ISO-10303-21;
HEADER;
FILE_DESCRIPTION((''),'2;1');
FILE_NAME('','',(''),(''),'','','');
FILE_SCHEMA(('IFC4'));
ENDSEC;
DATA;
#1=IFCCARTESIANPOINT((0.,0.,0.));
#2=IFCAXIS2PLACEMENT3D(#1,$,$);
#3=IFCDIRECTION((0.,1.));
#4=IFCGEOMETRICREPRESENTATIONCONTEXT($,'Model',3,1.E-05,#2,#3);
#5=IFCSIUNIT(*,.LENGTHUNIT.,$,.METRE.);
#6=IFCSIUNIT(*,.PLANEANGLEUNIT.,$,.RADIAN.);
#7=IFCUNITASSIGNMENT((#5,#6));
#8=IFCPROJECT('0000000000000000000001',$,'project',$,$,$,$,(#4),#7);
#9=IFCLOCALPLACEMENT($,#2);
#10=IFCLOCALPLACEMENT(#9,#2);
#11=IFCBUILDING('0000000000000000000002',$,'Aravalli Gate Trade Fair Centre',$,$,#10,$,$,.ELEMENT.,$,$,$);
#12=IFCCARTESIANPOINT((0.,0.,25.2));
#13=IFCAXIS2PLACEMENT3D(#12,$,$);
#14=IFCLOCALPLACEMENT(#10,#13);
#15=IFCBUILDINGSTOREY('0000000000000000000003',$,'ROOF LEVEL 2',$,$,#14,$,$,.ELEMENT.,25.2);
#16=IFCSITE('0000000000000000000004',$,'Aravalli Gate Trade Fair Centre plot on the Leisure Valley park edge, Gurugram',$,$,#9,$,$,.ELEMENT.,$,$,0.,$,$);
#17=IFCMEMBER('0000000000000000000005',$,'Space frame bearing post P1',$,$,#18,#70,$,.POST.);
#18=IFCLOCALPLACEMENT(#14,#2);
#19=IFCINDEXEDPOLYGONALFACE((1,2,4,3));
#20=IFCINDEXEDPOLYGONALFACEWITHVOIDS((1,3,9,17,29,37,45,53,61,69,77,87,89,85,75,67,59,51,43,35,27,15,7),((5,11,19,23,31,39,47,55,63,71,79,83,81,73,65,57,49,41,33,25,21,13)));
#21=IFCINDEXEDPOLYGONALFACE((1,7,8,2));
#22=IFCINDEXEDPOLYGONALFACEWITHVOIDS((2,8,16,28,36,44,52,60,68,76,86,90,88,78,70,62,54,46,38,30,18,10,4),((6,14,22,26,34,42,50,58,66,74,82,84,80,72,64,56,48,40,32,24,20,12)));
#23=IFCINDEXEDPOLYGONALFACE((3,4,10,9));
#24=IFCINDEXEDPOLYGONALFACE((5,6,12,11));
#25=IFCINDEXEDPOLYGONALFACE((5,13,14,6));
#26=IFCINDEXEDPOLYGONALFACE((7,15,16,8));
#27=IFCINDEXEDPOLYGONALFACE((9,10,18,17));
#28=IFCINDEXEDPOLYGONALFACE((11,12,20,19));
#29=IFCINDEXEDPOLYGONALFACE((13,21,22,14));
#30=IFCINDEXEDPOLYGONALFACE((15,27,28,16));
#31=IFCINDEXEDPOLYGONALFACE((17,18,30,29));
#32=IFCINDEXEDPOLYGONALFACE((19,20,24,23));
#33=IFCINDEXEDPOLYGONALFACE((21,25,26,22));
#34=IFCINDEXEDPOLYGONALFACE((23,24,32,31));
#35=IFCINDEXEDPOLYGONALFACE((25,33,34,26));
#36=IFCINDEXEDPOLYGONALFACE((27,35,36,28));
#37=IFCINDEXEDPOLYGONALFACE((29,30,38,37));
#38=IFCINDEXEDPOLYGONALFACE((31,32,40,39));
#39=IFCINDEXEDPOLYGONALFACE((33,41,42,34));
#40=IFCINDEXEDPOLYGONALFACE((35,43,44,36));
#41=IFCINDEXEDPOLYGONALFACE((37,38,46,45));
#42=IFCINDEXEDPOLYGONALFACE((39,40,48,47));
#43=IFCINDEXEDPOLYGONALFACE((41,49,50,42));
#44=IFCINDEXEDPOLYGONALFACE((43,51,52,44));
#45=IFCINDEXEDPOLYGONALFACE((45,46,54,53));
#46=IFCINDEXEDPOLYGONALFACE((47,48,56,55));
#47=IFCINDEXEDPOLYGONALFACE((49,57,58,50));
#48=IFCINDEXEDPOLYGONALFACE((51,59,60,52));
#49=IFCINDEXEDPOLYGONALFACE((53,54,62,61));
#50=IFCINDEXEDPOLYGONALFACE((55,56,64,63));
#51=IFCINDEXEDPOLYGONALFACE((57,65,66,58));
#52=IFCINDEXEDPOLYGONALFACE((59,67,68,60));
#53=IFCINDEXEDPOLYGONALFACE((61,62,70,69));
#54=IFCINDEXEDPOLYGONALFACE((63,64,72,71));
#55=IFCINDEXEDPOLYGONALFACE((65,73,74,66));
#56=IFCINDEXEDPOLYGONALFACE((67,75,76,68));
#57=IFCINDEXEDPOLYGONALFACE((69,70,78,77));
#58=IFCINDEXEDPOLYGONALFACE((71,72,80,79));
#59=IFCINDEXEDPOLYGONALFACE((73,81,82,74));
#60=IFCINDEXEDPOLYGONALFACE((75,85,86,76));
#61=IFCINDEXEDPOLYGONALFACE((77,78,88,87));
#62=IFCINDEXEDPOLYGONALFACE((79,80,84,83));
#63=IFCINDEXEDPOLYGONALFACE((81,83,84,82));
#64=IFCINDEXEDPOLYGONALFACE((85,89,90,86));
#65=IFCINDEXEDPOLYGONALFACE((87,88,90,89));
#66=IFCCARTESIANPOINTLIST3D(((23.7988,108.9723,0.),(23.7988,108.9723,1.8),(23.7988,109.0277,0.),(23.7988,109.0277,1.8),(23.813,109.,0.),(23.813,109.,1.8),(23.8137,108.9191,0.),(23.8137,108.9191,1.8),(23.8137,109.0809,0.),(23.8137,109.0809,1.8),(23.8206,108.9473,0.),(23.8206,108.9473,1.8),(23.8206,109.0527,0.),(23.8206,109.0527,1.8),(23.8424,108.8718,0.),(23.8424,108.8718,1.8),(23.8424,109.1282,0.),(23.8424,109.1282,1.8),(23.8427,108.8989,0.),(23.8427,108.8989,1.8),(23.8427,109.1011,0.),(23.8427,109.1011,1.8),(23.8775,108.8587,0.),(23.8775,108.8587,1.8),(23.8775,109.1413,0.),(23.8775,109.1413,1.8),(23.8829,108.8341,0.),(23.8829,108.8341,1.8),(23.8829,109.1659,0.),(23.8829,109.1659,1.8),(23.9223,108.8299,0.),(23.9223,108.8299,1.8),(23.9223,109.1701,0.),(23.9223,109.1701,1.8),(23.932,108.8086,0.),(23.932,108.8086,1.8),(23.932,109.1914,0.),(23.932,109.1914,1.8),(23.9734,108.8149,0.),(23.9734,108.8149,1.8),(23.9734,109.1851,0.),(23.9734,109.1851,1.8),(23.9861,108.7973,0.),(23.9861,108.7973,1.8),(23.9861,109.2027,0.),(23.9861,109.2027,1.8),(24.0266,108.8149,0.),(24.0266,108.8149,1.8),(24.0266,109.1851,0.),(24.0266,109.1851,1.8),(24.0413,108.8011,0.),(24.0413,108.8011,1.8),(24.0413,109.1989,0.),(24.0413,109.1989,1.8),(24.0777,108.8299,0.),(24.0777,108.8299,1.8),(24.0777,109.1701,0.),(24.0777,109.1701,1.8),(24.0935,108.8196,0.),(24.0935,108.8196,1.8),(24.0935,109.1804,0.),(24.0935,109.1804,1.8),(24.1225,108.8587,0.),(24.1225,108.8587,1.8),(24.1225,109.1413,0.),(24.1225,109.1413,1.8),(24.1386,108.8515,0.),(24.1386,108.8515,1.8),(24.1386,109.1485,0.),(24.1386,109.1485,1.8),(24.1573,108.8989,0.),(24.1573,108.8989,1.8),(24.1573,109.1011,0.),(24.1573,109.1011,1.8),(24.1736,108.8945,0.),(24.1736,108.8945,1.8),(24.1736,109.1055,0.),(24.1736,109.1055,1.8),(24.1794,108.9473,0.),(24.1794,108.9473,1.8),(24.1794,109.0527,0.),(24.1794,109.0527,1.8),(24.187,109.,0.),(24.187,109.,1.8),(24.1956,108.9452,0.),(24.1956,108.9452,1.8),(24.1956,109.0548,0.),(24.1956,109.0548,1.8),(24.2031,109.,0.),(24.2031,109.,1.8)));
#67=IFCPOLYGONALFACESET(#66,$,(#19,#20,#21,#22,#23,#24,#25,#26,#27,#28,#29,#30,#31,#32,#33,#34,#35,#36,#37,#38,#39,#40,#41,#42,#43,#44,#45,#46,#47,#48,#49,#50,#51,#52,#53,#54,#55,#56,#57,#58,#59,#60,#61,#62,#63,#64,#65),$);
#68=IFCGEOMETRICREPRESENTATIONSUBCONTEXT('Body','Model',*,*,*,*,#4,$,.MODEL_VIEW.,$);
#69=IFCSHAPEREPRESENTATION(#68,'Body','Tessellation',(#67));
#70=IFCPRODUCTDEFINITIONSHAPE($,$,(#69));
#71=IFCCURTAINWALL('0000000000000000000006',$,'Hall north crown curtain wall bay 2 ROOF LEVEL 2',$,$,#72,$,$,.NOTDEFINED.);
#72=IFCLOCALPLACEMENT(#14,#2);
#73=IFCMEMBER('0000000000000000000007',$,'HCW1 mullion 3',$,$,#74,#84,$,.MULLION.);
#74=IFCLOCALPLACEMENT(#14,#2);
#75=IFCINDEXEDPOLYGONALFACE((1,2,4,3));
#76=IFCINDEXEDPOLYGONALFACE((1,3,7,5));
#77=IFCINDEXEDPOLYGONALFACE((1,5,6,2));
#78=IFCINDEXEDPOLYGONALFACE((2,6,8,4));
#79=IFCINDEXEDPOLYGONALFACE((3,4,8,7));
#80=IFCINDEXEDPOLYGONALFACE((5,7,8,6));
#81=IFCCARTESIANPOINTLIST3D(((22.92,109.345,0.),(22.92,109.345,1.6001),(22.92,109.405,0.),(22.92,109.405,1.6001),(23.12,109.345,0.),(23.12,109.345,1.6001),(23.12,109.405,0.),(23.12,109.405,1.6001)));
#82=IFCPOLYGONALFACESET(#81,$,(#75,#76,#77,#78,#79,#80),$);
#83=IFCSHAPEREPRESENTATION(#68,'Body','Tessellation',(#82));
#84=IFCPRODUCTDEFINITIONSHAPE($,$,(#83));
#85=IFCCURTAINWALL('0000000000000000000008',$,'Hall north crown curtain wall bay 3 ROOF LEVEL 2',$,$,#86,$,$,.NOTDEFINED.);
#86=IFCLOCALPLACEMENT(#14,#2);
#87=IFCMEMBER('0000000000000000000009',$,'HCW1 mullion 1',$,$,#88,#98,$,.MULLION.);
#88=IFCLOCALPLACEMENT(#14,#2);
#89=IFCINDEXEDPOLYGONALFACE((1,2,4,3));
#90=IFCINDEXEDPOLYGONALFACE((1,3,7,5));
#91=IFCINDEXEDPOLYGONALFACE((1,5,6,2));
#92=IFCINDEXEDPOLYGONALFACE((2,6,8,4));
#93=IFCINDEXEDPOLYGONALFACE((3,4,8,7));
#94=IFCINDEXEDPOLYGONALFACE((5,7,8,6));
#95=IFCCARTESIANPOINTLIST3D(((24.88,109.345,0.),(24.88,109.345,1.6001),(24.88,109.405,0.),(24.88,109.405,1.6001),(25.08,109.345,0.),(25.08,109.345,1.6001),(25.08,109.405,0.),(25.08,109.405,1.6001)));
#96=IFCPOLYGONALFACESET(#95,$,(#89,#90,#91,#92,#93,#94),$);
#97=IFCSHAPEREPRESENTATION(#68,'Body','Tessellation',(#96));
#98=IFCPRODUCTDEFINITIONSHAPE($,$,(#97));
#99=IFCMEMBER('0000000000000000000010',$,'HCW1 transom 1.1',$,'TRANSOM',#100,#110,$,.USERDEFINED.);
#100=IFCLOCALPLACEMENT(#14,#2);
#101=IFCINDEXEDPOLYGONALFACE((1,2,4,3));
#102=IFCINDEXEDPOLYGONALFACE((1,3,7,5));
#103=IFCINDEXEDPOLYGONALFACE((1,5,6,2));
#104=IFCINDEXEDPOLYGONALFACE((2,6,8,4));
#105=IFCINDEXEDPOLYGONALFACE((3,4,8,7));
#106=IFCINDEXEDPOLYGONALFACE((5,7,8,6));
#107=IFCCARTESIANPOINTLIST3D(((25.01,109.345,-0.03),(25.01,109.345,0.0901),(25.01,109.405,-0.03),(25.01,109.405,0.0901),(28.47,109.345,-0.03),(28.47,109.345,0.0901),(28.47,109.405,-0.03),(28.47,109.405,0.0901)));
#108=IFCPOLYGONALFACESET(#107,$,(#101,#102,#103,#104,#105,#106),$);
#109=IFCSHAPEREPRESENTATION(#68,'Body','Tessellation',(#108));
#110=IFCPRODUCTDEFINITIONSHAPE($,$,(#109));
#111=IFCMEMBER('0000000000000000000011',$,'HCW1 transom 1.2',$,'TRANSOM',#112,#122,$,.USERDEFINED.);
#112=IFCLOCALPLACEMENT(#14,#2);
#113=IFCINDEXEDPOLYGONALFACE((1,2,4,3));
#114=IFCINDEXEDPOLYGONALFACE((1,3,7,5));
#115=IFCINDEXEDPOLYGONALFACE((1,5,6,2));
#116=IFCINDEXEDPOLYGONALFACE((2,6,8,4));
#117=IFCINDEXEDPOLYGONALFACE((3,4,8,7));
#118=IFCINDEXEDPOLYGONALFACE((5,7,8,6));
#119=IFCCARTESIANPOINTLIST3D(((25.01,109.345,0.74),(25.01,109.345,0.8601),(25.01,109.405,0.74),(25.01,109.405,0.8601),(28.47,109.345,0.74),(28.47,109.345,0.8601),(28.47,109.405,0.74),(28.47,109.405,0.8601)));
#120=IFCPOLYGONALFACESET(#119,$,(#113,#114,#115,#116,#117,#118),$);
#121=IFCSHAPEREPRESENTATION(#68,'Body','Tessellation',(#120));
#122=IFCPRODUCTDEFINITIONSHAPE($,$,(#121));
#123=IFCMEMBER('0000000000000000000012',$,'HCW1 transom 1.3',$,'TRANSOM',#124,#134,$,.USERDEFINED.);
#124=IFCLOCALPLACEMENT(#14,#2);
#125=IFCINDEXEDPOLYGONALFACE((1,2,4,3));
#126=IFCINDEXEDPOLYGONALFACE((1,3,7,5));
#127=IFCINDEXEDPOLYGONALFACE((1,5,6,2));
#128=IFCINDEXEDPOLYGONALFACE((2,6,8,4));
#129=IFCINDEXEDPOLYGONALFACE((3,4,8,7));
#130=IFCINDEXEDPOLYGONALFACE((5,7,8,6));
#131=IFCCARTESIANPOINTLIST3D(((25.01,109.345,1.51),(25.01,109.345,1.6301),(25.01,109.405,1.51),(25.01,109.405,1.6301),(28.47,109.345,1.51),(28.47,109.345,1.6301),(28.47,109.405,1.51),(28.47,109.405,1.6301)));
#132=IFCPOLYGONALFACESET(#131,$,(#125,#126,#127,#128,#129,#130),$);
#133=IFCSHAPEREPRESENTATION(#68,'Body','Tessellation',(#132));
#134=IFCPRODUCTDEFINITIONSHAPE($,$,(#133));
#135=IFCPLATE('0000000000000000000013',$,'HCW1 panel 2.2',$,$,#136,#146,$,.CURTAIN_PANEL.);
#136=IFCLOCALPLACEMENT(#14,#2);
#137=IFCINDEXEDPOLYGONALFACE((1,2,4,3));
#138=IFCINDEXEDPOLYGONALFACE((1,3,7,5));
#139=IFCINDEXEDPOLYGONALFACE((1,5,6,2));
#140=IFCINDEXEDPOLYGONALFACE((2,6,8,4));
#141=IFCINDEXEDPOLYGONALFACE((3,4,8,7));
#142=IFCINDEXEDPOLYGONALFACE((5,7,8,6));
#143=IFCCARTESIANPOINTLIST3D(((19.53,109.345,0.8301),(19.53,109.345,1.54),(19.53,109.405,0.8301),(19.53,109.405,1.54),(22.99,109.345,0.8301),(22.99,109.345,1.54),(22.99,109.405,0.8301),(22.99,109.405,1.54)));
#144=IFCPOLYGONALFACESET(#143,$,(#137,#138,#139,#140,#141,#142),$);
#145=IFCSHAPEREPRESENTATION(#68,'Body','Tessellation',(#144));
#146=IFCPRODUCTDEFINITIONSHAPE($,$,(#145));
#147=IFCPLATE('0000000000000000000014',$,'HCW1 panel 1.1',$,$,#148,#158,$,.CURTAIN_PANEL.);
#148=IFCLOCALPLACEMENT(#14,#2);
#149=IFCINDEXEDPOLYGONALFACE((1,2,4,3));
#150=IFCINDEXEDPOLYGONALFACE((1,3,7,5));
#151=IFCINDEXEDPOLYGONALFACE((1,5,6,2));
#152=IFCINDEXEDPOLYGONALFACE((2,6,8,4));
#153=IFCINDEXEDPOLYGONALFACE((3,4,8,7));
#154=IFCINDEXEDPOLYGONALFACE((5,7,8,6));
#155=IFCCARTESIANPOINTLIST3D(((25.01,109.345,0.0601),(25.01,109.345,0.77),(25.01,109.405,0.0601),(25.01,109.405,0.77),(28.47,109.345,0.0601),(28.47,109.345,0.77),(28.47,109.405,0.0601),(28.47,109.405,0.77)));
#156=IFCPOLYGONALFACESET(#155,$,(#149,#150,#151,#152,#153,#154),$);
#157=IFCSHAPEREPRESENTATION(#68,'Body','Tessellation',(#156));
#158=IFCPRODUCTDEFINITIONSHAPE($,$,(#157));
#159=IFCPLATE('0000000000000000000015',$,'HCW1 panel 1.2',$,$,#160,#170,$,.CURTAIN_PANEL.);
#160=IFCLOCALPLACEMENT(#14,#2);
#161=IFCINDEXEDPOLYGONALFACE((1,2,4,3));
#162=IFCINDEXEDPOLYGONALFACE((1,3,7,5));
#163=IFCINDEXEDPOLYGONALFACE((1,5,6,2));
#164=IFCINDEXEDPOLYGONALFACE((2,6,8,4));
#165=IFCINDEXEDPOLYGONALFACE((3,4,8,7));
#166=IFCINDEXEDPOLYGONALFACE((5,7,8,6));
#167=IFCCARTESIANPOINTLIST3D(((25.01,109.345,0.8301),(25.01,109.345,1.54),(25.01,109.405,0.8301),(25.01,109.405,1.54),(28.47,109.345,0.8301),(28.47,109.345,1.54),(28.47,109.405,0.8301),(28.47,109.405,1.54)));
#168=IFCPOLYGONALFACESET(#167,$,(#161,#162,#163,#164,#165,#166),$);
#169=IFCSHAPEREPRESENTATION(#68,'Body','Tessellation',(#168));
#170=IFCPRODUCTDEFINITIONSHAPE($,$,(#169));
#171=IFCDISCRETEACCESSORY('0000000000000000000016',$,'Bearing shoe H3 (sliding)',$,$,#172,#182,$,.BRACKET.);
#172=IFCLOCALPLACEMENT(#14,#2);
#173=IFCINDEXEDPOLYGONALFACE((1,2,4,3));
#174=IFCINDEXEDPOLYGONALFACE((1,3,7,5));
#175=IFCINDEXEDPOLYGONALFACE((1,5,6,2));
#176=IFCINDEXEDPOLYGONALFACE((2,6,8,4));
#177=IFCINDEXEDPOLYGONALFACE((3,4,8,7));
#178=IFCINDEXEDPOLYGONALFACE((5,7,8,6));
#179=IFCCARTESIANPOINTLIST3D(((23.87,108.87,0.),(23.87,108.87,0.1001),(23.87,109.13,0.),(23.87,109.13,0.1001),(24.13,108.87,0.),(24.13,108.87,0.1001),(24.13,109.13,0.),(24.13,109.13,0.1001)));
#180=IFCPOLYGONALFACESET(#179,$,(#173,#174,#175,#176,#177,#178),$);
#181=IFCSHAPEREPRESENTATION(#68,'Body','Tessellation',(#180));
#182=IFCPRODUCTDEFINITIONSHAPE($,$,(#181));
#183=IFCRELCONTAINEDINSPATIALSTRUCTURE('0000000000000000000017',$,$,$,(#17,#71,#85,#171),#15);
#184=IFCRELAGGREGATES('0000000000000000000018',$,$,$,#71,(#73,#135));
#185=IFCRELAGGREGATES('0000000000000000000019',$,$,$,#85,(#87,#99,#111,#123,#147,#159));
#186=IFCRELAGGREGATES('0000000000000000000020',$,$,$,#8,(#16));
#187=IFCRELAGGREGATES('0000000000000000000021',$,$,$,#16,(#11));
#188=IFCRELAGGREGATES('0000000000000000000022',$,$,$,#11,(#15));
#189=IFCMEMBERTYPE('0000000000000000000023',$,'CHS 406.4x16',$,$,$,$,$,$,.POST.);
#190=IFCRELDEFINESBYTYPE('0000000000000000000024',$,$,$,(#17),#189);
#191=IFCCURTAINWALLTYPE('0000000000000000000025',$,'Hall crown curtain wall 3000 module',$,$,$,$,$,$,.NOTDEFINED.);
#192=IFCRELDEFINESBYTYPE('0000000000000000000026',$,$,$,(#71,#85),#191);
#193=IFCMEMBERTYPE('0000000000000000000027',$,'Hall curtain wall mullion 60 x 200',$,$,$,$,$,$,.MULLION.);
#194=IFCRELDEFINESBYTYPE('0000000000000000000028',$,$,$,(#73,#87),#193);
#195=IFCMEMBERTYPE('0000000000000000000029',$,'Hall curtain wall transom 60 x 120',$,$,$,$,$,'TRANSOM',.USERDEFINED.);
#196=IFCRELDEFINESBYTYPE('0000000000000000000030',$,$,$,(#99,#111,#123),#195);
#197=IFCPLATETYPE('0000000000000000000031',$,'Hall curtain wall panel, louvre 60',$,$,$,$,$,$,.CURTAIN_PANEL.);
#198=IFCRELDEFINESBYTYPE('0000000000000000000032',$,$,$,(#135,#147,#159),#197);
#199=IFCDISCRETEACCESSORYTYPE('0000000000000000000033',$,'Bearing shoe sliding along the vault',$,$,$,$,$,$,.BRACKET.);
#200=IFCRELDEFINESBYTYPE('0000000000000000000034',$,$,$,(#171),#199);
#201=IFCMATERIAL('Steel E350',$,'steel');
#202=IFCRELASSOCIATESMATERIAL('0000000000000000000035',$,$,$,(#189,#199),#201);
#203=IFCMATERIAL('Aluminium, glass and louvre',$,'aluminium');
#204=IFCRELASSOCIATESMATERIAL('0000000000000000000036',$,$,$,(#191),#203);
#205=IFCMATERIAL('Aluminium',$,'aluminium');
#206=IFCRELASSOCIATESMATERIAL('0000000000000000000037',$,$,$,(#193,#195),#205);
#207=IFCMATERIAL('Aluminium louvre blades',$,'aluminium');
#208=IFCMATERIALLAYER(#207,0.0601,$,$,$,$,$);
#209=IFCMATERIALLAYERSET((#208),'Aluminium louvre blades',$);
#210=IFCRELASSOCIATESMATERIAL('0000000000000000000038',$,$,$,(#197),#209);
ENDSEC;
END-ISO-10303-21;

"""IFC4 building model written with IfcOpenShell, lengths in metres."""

from ifc_helpers import new_model, si_unit, direction, frame, origin, origin_2d, place, context, subcontext, project, spatial, rectangle, hollow_circle, extrude, material, layer, layer_set, material_profile, profile_set, type_object, element, aggregate, save


model = new_model("IFC4")

# Units and contexts
model_context = context("Model", 3, precision=1e-05, world=origin(), true_north=direction((0.0, 1.0)))
body_context = subcontext(model_context, "Body", "Model", "MODEL_VIEW")
ifc_project = project(units=[si_unit("LENGTHUNIT", "METRE"), si_unit("PLANEANGLEUNIT", "RADIAN")], contexts=[model_context])

# Site, building, storey
site_placement = place(None, origin())
site = spatial("IfcSite", under=ifc_project, at=site_placement, Name="Aravalli Gate Trade Fair Centre plot on the Leisure Valley park edge, Gurugram", CompositionType="ELEMENT", RefElevation=0.0)
building_placement = place(site_placement, origin())
building = spatial("IfcBuilding", under=site, at=building_placement, Name="Aravalli Gate Trade Fair Centre", CompositionType="ELEMENT")
storey_placement = place(building_placement, frame((0.0, 0.0, 25.2)))
storey = spatial("IfcBuildingStorey", under=building, at=storey_placement, Name="ROOF LEVEL 2", CompositionType="ELEMENT", Elevation=25.2)

# Member
ifc_material_1 = material(Name="Steel E350", Category="steel")
ifc_material_profile_1 = material_profile(ifc_material_1, hollow_circle(Radius=0.2031, WallThickness=0.0161, at=origin_2d()), Name="CHS 406.4x16")
ifc_profile_set_1 = profile_set([ifc_material_profile_1], Name="Steel E350")
member_type_1 = type_object("IfcMemberType", Name="CHS 406.4x16", PredefinedType="POST", material=ifc_profile_set_1)
member_1_placement = place(storey_placement, frame((24.0, 109.0, 0.0), z_axis=(0.0, 0.0, 1.0), x_axis=(1.0, 0.0, 0.0)))
element("IfcMember", 1, at=member_1_placement, inside=storey, type_object=member_type_1, Name="Space frame bearing post P1", PredefinedType="POST", context=body_context, shape_type="SweptSolid", body=[
    extrude(hollow_circle(Radius=0.2031, WallThickness=0.0161, at=origin_2d()), origin(), (0.0, 0.0, 1.0), 1.8),
])

# Curtain wall, member
ifc_material_2 = material(Name="Aluminium, glass and louvre", Category="aluminium")
curtain_wall_type = type_object("IfcCurtainWallType", Name="Hall crown curtain wall 3000 module", PredefinedType="NOTDEFINED", material=ifc_material_2)
curtain_wall_1_placement = place(storey_placement, origin())
curtain_wall_1 = element("IfcCurtainWall", 2, at=curtain_wall_1_placement, inside=storey, type_object=curtain_wall_type, Name="Hall north crown curtain wall bay 2 ROOF LEVEL 2", PredefinedType="NOTDEFINED")
ifc_material_3 = material(Name="Aluminium", Category="aluminium")
ifc_material_profile_2 = material_profile(ifc_material_3, rectangle(XDim=0.0601, YDim=0.2, at=origin_2d()), Name="Hall curtain wall mullion 60 x 200")
ifc_profile_set_2 = profile_set([ifc_material_profile_2], Name="Aluminium")
member_type_2 = type_object("IfcMemberType", Name="Hall curtain wall mullion 60 x 200", PredefinedType="MULLION", material=ifc_profile_set_2)
member_2_placement = place(storey_placement, frame((23.02, 109.375, 0.0), z_axis=(0.0, 0.0, 1.0), x_axis=(0.0, 1.0, 0.0)))
member_2 = element("IfcMember", 3, at=member_2_placement, type_object=member_type_2, Name="HCW1 mullion 3", PredefinedType="MULLION", context=body_context, shape_type="SweptSolid", body=[
    extrude(rectangle(XDim=0.0601, YDim=0.2, at=origin_2d()), origin(), (0.0, 0.0, 1.0), 1.6001),
])

# Curtain wall, members
curtain_wall_2_placement = place(storey_placement, origin())
curtain_wall_2 = element("IfcCurtainWall", 4, at=curtain_wall_2_placement, inside=storey, type_object=curtain_wall_type, Name="Hall north crown curtain wall bay 3 ROOF LEVEL 2", PredefinedType="NOTDEFINED")
member_3_placement = place(storey_placement, frame((24.98, 109.375, 0.0), z_axis=(0.0, 0.0, 1.0), x_axis=(0.0, 1.0, 0.0)))
member_3 = element("IfcMember", 5, at=member_3_placement, type_object=member_type_2, Name="HCW1 mullion 1", PredefinedType="MULLION", context=body_context, shape_type="SweptSolid", body=[
    extrude(rectangle(XDim=0.0601, YDim=0.2, at=origin_2d()), origin(), (0.0, 0.0, 1.0), 1.6001),
])
ifc_material_profile_3 = material_profile(ifc_material_3, rectangle(XDim=0.0601, YDim=0.1201, at=origin_2d()), Name="Hall curtain wall transom 60 x 120")
ifc_profile_set_3 = profile_set([ifc_material_profile_3], Name="Aluminium")
member_type_3 = type_object("IfcMemberType", Name="Hall curtain wall transom 60 x 120", ElementType="TRANSOM", PredefinedType="USERDEFINED", material=ifc_profile_set_3)
member_4_placement = place(storey_placement, frame((25.01, 109.375, 0.03), z_axis=(1.0, 0.0, 0.0), x_axis=(0.0, 1.0, 0.0)))
member_4 = element("IfcMember", 6, at=member_4_placement, type_object=member_type_3, Name="HCW1 transom 1.1", ObjectType="TRANSOM", PredefinedType="USERDEFINED", context=body_context, shape_type="SweptSolid", body=[
    extrude(rectangle(XDim=0.0601, YDim=0.1201, at=origin_2d()), origin(), (0.0, 0.0, 1.0), 3.46),
])
member_5_placement = place(storey_placement, frame((25.01, 109.375, 0.8), z_axis=(1.0, 0.0, 0.0), x_axis=(0.0, 1.0, 0.0)))
member_5 = element("IfcMember", 7, at=member_5_placement, type_object=member_type_3, Name="HCW1 transom 1.2", ObjectType="TRANSOM", PredefinedType="USERDEFINED", context=body_context, shape_type="SweptSolid", body=[
    extrude(rectangle(XDim=0.0601, YDim=0.1201, at=origin_2d()), origin(), (0.0, 0.0, 1.0), 3.46),
])
member_6_placement = place(storey_placement, frame((25.01, 109.375, 1.5701), z_axis=(1.0, 0.0, 0.0), x_axis=(0.0, 1.0, 0.0)))
member_6 = element("IfcMember", 8, at=member_6_placement, type_object=member_type_3, Name="HCW1 transom 1.3", ObjectType="TRANSOM", PredefinedType="USERDEFINED", context=body_context, shape_type="SweptSolid", body=[
    extrude(rectangle(XDim=0.0601, YDim=0.1201, at=origin_2d()), origin(), (0.0, 0.0, 1.0), 3.46),
])

# Plates
ifc_material_4 = material(Name="Aluminium louvre blades", Category="aluminium")
ifc_layer_1 = layer(ifc_material_4, 0.0601)
ifc_layer_set_1 = layer_set([ifc_layer_1], Name="Aluminium louvre blades")
plate_type = type_object("IfcPlateType", Name="Hall curtain wall panel, louvre 60", PredefinedType="CURTAIN_PANEL", material=ifc_layer_set_1)
plate_1_placement = place(storey_placement, frame((21.26, 109.375, 0.8301), z_axis=(0.0, 0.0, 1.0), x_axis=(1.0, 0.0, 0.0)))
plate_1 = element("IfcPlate", 9, at=plate_1_placement, type_object=plate_type, Name="HCW1 panel 2.2", PredefinedType="CURTAIN_PANEL", context=body_context, shape_type="SweptSolid", body=[
    extrude(rectangle(XDim=3.46, YDim=0.0601, at=origin_2d()), origin(), (0.0, 0.0, 1.0), 0.71),
])
aggregate(curtain_wall_1, [member_2, plate_1])
plate_2_placement = place(storey_placement, frame((26.74, 109.375, 0.0601), z_axis=(0.0, 0.0, 1.0), x_axis=(1.0, 0.0, 0.0)))
plate_2 = element("IfcPlate", 10, at=plate_2_placement, type_object=plate_type, Name="HCW1 panel 1.1", PredefinedType="CURTAIN_PANEL", context=body_context, shape_type="SweptSolid", body=[
    extrude(rectangle(XDim=3.46, YDim=0.0601, at=origin_2d()), origin(), (0.0, 0.0, 1.0), 0.71),
])
plate_3_placement = place(storey_placement, frame((26.74, 109.375, 0.8301), z_axis=(0.0, 0.0, 1.0), x_axis=(1.0, 0.0, 0.0)))
plate_3 = element("IfcPlate", 11, at=plate_3_placement, type_object=plate_type, Name="HCW1 panel 1.2", PredefinedType="CURTAIN_PANEL", context=body_context, shape_type="SweptSolid", body=[
    extrude(rectangle(XDim=3.46, YDim=0.0601, at=origin_2d()), origin(), (0.0, 0.0, 1.0), 0.71),
])
aggregate(curtain_wall_2, [member_3, member_4, member_5, member_6, plate_2, plate_3])

# Discrete accessory
discrete_accessory_type_1 = type_object("IfcDiscreteAccessoryType", Name="Bearing shoe sliding along the vault", PredefinedType="BRACKET", material=ifc_material_1)
discrete_accessory_1_placement = place(storey_placement, frame((24.0, 109.0, 0.0), z_axis=(0.0, 0.0, 1.0), x_axis=(1.0, 0.0, 0.0)))
element("IfcDiscreteAccessory", 12, at=discrete_accessory_1_placement, inside=storey, type_object=discrete_accessory_type_1, Name="Bearing shoe H3 (sliding)", PredefinedType="BRACKET", context=body_context, shape_type="SweptSolid", body=[
    extrude(rectangle(XDim=0.26, YDim=0.26, at=origin_2d()), origin(), (0.0, 0.0, 1.0), 0.1001),
])

save(model, "model.ifc")
